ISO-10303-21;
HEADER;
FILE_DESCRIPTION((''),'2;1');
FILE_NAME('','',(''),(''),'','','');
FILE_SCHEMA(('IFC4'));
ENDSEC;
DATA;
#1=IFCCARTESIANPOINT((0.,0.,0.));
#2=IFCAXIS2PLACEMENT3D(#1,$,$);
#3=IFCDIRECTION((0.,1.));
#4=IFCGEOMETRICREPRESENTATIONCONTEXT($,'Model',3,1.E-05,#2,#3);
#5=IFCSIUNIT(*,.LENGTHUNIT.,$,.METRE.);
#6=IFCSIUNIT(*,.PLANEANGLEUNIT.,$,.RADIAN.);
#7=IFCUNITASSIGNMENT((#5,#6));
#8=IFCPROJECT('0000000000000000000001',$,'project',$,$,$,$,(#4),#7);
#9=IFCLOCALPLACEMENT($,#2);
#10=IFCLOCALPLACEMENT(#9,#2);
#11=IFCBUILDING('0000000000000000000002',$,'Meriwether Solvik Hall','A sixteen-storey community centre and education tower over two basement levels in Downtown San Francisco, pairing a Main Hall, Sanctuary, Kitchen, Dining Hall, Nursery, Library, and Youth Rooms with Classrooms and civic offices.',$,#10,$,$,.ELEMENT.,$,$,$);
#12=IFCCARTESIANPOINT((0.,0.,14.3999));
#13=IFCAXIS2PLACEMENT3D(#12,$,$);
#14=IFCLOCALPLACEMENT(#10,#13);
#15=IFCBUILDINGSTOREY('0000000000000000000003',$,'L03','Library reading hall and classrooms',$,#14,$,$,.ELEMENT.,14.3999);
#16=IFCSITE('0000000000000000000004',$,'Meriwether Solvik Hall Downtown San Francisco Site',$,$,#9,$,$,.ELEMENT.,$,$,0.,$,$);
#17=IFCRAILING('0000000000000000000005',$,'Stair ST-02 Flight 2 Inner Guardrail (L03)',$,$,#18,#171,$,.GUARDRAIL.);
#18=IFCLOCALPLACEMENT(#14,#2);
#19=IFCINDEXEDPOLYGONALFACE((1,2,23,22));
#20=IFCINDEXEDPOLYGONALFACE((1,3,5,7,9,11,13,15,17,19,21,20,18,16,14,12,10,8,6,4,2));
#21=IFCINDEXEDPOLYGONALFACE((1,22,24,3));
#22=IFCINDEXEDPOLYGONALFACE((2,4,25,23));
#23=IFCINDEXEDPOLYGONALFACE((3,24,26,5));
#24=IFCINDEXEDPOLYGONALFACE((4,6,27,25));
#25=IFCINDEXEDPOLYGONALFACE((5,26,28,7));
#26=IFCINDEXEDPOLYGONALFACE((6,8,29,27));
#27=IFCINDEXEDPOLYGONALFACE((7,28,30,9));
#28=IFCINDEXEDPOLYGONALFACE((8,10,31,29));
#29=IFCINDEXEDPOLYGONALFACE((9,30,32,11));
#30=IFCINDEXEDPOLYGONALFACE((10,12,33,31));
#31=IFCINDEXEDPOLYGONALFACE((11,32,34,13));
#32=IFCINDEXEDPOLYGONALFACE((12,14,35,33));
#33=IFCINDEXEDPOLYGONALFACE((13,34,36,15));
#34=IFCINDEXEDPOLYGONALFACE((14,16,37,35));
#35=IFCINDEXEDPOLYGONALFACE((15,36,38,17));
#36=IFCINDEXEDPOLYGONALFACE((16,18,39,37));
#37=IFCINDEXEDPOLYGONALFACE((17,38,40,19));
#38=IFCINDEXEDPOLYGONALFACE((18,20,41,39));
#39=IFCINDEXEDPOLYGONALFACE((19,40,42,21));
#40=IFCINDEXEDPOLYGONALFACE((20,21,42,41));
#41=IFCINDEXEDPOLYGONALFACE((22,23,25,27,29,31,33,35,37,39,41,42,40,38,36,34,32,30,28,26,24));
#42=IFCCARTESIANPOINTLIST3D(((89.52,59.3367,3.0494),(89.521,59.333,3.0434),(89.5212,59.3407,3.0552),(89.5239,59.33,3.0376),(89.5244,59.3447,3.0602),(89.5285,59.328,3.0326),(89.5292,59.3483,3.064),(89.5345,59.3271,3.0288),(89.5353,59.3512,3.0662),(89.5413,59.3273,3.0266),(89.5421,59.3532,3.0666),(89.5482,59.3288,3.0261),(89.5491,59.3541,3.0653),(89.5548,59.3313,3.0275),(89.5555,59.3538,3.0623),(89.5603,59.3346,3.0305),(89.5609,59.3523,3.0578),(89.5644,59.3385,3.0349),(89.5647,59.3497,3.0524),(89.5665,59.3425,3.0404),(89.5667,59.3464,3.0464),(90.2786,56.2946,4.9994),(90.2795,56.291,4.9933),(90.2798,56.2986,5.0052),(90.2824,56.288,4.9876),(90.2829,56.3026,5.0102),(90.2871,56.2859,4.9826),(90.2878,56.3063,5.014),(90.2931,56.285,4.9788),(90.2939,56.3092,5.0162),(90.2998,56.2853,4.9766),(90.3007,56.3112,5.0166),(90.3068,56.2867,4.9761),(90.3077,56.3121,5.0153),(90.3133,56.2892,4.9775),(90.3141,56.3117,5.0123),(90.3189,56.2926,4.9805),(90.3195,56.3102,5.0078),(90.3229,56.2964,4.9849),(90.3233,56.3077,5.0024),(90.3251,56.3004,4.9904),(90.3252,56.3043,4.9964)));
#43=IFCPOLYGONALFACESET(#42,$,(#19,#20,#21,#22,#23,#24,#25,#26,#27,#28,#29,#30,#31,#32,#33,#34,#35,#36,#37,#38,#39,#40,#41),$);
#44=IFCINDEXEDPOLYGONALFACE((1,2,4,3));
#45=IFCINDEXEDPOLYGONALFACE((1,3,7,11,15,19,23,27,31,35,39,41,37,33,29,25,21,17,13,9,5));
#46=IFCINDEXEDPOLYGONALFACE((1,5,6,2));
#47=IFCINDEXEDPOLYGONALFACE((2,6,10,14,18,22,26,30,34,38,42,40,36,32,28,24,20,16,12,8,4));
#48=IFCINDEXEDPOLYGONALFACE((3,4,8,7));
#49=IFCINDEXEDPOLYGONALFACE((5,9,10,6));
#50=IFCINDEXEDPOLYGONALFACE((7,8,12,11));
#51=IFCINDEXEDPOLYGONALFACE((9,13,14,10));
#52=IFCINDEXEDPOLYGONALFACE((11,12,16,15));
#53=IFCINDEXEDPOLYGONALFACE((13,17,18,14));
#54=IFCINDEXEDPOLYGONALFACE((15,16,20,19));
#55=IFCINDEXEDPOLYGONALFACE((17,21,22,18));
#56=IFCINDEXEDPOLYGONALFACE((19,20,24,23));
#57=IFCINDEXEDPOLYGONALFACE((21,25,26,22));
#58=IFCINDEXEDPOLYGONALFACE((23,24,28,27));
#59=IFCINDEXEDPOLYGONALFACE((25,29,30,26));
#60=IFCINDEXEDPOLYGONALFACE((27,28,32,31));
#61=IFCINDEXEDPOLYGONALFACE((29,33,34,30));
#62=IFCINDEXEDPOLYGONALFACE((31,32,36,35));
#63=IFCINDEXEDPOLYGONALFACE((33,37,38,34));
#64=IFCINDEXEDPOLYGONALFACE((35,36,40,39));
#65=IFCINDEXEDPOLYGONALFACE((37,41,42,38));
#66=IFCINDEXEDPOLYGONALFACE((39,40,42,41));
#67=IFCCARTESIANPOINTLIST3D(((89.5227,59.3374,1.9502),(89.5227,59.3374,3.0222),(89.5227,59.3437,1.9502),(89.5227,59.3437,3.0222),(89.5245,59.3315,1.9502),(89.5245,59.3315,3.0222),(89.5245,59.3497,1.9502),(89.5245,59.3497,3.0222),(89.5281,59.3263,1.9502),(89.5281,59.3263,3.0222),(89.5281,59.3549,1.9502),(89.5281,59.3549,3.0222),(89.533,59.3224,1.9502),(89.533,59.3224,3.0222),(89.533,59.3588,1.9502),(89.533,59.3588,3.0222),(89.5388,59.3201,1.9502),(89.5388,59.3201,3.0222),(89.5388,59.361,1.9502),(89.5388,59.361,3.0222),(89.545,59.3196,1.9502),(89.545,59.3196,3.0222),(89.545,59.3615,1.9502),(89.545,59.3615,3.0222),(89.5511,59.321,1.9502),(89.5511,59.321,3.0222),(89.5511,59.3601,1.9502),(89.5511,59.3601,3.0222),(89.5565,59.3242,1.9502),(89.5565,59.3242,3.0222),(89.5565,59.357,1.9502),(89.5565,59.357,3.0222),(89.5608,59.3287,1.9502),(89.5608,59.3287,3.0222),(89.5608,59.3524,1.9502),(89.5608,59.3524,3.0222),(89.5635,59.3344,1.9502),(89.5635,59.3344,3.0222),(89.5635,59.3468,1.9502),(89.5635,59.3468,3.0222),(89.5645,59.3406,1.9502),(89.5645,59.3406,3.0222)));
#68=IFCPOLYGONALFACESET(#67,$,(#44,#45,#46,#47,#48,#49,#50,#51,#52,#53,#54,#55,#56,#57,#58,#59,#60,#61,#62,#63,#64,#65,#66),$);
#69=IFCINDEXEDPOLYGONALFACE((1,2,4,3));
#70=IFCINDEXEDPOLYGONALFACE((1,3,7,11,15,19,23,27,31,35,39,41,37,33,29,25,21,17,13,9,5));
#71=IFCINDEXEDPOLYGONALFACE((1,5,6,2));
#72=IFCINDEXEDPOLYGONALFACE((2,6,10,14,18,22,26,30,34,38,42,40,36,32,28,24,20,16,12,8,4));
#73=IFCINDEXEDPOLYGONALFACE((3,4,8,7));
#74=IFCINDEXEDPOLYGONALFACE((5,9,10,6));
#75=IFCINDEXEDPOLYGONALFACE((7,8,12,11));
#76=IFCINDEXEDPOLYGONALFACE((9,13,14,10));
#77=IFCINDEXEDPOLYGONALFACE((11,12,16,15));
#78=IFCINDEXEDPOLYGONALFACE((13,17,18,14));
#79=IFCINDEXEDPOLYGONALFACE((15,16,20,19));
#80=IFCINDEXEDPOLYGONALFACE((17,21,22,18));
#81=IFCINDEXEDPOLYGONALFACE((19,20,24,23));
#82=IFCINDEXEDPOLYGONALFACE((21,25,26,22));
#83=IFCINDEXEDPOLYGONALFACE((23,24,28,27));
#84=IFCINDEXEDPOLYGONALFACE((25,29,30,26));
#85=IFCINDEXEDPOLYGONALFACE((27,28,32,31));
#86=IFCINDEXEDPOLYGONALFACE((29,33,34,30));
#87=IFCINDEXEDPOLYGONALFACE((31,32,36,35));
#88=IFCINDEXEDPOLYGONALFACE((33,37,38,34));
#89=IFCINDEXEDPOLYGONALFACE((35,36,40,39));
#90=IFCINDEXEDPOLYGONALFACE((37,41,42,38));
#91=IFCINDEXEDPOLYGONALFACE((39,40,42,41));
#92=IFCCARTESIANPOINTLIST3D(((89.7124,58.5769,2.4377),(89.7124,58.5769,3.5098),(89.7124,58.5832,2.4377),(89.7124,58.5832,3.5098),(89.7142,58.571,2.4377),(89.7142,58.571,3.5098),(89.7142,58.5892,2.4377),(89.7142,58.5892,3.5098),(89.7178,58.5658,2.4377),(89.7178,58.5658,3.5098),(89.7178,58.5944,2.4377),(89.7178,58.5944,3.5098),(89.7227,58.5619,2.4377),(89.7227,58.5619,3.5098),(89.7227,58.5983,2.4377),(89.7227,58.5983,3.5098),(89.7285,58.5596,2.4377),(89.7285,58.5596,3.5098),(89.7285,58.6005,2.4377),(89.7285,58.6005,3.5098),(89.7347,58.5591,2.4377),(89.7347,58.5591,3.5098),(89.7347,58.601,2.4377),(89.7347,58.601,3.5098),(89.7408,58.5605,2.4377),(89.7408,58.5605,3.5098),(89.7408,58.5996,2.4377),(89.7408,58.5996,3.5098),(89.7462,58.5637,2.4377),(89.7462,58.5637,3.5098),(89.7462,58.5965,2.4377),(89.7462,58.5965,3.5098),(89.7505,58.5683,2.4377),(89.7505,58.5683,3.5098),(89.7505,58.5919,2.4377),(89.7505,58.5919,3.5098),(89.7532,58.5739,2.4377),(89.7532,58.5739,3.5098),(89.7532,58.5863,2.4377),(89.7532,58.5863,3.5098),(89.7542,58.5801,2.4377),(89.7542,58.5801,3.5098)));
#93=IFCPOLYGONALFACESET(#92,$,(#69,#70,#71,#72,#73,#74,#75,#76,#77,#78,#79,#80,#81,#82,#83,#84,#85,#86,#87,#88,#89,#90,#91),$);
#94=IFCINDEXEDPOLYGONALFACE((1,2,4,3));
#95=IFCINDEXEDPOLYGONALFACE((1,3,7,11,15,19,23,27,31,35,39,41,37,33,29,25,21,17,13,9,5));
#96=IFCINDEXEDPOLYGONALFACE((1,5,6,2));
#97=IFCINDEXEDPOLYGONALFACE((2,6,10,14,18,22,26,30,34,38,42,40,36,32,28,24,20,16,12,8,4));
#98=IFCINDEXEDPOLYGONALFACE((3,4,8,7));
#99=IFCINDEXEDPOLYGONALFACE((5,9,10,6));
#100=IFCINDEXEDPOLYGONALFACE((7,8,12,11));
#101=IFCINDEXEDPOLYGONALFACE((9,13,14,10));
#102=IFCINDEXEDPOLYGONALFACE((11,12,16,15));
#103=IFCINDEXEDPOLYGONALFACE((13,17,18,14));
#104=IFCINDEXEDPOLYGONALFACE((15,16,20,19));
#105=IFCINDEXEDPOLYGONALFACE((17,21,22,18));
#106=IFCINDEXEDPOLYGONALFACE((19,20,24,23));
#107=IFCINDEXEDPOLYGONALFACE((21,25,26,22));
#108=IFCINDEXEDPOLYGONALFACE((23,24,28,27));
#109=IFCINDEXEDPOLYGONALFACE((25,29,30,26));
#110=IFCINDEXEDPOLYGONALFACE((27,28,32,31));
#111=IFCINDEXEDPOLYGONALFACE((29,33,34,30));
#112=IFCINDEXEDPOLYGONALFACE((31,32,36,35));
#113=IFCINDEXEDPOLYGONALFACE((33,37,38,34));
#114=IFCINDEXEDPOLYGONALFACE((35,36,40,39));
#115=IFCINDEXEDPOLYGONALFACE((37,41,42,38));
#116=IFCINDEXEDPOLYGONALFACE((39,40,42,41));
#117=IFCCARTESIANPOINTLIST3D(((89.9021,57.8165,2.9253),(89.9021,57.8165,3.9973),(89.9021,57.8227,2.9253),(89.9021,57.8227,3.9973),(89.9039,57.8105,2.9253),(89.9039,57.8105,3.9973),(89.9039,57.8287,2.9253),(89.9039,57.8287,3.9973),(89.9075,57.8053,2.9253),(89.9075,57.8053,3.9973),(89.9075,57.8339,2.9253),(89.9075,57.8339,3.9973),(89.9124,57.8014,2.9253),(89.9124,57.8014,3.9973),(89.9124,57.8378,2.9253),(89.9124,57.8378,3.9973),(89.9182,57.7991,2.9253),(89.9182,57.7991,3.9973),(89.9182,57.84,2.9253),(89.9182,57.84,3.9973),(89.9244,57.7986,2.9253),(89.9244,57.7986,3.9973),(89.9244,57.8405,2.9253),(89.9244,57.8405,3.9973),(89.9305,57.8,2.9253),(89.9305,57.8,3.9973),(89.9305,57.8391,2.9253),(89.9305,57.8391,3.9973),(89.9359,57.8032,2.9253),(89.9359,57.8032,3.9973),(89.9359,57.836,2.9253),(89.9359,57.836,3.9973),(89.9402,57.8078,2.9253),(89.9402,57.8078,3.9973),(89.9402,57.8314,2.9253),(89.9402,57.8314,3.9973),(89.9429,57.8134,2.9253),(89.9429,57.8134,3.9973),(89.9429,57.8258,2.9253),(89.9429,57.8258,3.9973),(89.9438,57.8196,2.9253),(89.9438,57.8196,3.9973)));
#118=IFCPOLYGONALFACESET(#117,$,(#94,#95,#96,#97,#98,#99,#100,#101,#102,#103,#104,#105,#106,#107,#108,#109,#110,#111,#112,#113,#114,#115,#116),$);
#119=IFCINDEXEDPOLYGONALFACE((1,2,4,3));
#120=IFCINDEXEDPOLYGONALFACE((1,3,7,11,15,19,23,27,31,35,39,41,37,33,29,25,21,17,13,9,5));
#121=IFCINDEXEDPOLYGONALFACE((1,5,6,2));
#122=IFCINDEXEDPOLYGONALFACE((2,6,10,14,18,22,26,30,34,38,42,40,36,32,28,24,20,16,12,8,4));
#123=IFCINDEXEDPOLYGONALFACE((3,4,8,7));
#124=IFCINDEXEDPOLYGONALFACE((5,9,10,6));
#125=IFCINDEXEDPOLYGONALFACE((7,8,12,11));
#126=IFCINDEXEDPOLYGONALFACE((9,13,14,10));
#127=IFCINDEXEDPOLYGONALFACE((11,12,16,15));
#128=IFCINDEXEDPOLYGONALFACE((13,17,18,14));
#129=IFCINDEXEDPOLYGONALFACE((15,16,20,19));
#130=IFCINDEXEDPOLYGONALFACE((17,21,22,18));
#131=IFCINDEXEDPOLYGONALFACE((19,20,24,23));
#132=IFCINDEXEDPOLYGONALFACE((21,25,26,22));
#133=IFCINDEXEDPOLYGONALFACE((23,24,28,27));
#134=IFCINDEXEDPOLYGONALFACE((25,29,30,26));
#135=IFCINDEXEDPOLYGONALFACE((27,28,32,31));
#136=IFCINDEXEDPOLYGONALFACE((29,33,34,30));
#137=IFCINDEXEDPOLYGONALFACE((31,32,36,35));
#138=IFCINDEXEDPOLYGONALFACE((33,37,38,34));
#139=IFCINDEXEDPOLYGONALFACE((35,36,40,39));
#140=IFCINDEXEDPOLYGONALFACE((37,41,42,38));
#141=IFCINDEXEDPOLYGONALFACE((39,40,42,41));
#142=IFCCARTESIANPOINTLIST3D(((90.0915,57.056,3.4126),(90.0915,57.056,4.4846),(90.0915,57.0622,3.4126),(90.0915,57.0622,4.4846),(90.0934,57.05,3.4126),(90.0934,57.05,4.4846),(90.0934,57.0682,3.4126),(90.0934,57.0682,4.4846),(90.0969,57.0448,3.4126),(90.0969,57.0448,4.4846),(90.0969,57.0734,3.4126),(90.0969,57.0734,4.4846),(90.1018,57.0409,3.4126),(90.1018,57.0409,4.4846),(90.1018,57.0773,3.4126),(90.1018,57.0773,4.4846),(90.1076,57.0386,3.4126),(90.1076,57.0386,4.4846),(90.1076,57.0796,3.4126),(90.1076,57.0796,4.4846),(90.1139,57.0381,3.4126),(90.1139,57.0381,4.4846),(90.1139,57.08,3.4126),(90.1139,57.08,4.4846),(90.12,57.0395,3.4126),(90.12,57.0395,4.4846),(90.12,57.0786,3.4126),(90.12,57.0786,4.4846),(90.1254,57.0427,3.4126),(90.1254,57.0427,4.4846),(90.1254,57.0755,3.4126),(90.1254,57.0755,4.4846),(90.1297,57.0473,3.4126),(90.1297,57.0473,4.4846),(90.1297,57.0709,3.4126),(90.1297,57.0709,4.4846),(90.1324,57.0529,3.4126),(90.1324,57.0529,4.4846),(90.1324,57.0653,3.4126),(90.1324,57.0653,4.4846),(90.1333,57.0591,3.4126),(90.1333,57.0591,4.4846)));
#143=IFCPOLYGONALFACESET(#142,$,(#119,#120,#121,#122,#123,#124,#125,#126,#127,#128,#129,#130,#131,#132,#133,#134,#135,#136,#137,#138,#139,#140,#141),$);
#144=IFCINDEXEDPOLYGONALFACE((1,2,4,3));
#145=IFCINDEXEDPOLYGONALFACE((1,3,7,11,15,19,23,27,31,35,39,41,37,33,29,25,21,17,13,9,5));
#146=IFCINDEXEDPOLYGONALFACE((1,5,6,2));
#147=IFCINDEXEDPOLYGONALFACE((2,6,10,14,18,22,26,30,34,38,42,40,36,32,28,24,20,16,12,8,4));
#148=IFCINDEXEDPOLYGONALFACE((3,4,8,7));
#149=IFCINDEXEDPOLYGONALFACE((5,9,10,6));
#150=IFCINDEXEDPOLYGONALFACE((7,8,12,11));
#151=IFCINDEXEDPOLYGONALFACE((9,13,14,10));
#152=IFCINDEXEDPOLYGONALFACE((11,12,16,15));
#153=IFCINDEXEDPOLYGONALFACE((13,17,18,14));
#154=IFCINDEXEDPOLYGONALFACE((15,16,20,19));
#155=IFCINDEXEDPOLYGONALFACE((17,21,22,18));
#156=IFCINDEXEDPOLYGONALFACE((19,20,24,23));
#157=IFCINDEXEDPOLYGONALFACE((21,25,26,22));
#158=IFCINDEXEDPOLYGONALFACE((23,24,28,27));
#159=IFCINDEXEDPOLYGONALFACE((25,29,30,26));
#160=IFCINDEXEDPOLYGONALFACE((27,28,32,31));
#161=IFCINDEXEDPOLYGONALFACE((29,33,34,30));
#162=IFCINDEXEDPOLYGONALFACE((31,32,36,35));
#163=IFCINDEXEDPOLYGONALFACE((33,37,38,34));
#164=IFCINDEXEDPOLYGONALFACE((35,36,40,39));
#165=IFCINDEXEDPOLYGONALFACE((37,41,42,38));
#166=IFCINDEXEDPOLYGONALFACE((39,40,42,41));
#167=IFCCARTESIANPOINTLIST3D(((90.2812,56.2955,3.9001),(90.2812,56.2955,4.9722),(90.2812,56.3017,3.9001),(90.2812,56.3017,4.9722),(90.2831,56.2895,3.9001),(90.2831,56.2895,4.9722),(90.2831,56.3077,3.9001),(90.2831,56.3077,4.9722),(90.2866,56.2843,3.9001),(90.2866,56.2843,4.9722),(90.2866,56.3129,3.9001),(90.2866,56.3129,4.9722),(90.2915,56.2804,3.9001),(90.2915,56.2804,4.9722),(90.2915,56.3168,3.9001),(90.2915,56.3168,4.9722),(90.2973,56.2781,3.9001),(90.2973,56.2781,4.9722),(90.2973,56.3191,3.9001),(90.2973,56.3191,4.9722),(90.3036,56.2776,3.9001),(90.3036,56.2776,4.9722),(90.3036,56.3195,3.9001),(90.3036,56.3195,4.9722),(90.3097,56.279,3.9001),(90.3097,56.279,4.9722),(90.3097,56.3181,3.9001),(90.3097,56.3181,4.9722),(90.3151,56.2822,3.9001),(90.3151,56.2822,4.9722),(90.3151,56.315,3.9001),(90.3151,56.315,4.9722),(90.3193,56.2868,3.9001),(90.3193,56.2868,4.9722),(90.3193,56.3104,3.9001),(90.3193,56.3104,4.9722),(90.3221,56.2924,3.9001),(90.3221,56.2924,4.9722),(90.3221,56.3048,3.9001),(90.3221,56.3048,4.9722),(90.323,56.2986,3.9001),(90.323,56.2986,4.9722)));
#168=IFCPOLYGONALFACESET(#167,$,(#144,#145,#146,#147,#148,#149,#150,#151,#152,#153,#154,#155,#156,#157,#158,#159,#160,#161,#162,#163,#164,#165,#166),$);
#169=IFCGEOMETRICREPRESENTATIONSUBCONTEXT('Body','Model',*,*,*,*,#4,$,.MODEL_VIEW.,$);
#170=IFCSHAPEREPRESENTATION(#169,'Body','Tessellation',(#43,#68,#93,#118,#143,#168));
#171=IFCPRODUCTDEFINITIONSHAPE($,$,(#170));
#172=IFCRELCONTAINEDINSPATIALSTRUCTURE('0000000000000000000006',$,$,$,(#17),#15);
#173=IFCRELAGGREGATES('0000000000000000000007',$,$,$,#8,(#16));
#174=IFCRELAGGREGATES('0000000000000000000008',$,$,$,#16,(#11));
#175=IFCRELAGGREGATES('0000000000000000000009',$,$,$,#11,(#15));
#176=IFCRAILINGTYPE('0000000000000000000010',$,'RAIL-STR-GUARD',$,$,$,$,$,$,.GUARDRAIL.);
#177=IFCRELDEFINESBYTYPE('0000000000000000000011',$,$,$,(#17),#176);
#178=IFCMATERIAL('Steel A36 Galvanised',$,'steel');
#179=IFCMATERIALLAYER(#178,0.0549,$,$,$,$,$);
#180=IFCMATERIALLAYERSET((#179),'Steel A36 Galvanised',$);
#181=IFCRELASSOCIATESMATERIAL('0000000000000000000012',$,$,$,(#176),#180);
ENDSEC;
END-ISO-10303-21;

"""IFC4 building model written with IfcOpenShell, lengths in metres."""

from ifc_helpers import new_model, si_unit, direction, frame, origin, origin_2d, place, context, subcontext, project, spatial, circle, extrude, material, layer, layer_set, type_object, element, save


model = new_model("IFC4")

# Units and contexts
model_context = context("Model", 3, precision=1e-05, world=origin(), true_north=direction((0.0, 1.0)))
body_context = subcontext(model_context, "Body", "Model", "MODEL_VIEW")
ifc_project = project(units=[si_unit("LENGTHUNIT", "METRE"), si_unit("PLANEANGLEUNIT", "RADIAN")], contexts=[model_context])

# Site, building, storey
site_placement = place(None, origin())
site = spatial("IfcSite", under=ifc_project, at=site_placement, Name="Meriwether Solvik Hall Downtown San Francisco Site", CompositionType="ELEMENT", RefElevation=0.0)
building_placement = place(site_placement, origin())
building = spatial("IfcBuilding", under=site, at=building_placement, Name="Meriwether Solvik Hall", Description="A sixteen-storey community centre and education tower over two basement levels in Downtown San Francisco, pairing a Main Hall, Sanctuary, Kitchen, Dining Hall, Nursery, Library, and Youth Rooms with Classrooms and civic offices.", CompositionType="ELEMENT")
storey_placement = place(building_placement, frame((0.0, 0.0, 14.3999)))
storey = spatial("IfcBuildingStorey", under=building, at=storey_placement, Name="L03", Description="Library reading hall and classrooms", CompositionType="ELEMENT", Elevation=14.3999)

# Railing
ifc_material_1 = material(Name="Steel A36 Galvanised", Category="steel")
ifc_layer_1 = layer(ifc_material_1, 0.0549)
ifc_layer_set_1 = layer_set([ifc_layer_1], Name="Steel A36 Galvanised")
railing_type_1 = type_object("IfcRailingType", Name="RAIL-STR-GUARD", PredefinedType="GUARDRAIL", material=ifc_layer_set_1)
railing_1_placement = place(storey_placement, frame((89.5435, 59.3406, 1.9502)))
element("IfcRailing", 1, at=railing_1_placement, inside=storey, type_object=railing_type_1, Name="Stair ST-02 Flight 2 Inner Guardrail (L03)", PredefinedType="GUARDRAIL", context=body_context, shape_type="SweptSolid", body=[
    extrude(circle(Radius=0.0239, at=origin_2d()), frame((0.0, 0.0, 1.0962), z_axis=(0.205452, -0.823925, 0.528145), x_axis=(0.970289, 0.241949, 0.0)), (0.0, 0.0, 1.0), 3.6921),
    extrude(circle(Radius=0.021, at=origin_2d()), origin(), (0.0, 0.0, 1.0), 1.072),
    extrude(circle(Radius=0.021, at=origin_2d()), frame((0.1897, -0.7605, 0.4875)), (0.0, 0.0, 1.0), 1.072),
    extrude(circle(Radius=0.021, at=origin_2d()), frame((0.3794, -1.521, 0.9751)), (0.0, 0.0, 1.0), 1.072),
    extrude(circle(Radius=0.021, at=origin_2d()), frame((0.5688, -2.2815, 1.4624)), (0.0, 0.0, 1.0), 1.072),
    extrude(circle(Radius=0.021, at=origin_2d()), frame((0.7585, -3.042, 1.95)), (0.0, 0.0, 1.0), 1.072),
])

save(model, "model.ifc")
